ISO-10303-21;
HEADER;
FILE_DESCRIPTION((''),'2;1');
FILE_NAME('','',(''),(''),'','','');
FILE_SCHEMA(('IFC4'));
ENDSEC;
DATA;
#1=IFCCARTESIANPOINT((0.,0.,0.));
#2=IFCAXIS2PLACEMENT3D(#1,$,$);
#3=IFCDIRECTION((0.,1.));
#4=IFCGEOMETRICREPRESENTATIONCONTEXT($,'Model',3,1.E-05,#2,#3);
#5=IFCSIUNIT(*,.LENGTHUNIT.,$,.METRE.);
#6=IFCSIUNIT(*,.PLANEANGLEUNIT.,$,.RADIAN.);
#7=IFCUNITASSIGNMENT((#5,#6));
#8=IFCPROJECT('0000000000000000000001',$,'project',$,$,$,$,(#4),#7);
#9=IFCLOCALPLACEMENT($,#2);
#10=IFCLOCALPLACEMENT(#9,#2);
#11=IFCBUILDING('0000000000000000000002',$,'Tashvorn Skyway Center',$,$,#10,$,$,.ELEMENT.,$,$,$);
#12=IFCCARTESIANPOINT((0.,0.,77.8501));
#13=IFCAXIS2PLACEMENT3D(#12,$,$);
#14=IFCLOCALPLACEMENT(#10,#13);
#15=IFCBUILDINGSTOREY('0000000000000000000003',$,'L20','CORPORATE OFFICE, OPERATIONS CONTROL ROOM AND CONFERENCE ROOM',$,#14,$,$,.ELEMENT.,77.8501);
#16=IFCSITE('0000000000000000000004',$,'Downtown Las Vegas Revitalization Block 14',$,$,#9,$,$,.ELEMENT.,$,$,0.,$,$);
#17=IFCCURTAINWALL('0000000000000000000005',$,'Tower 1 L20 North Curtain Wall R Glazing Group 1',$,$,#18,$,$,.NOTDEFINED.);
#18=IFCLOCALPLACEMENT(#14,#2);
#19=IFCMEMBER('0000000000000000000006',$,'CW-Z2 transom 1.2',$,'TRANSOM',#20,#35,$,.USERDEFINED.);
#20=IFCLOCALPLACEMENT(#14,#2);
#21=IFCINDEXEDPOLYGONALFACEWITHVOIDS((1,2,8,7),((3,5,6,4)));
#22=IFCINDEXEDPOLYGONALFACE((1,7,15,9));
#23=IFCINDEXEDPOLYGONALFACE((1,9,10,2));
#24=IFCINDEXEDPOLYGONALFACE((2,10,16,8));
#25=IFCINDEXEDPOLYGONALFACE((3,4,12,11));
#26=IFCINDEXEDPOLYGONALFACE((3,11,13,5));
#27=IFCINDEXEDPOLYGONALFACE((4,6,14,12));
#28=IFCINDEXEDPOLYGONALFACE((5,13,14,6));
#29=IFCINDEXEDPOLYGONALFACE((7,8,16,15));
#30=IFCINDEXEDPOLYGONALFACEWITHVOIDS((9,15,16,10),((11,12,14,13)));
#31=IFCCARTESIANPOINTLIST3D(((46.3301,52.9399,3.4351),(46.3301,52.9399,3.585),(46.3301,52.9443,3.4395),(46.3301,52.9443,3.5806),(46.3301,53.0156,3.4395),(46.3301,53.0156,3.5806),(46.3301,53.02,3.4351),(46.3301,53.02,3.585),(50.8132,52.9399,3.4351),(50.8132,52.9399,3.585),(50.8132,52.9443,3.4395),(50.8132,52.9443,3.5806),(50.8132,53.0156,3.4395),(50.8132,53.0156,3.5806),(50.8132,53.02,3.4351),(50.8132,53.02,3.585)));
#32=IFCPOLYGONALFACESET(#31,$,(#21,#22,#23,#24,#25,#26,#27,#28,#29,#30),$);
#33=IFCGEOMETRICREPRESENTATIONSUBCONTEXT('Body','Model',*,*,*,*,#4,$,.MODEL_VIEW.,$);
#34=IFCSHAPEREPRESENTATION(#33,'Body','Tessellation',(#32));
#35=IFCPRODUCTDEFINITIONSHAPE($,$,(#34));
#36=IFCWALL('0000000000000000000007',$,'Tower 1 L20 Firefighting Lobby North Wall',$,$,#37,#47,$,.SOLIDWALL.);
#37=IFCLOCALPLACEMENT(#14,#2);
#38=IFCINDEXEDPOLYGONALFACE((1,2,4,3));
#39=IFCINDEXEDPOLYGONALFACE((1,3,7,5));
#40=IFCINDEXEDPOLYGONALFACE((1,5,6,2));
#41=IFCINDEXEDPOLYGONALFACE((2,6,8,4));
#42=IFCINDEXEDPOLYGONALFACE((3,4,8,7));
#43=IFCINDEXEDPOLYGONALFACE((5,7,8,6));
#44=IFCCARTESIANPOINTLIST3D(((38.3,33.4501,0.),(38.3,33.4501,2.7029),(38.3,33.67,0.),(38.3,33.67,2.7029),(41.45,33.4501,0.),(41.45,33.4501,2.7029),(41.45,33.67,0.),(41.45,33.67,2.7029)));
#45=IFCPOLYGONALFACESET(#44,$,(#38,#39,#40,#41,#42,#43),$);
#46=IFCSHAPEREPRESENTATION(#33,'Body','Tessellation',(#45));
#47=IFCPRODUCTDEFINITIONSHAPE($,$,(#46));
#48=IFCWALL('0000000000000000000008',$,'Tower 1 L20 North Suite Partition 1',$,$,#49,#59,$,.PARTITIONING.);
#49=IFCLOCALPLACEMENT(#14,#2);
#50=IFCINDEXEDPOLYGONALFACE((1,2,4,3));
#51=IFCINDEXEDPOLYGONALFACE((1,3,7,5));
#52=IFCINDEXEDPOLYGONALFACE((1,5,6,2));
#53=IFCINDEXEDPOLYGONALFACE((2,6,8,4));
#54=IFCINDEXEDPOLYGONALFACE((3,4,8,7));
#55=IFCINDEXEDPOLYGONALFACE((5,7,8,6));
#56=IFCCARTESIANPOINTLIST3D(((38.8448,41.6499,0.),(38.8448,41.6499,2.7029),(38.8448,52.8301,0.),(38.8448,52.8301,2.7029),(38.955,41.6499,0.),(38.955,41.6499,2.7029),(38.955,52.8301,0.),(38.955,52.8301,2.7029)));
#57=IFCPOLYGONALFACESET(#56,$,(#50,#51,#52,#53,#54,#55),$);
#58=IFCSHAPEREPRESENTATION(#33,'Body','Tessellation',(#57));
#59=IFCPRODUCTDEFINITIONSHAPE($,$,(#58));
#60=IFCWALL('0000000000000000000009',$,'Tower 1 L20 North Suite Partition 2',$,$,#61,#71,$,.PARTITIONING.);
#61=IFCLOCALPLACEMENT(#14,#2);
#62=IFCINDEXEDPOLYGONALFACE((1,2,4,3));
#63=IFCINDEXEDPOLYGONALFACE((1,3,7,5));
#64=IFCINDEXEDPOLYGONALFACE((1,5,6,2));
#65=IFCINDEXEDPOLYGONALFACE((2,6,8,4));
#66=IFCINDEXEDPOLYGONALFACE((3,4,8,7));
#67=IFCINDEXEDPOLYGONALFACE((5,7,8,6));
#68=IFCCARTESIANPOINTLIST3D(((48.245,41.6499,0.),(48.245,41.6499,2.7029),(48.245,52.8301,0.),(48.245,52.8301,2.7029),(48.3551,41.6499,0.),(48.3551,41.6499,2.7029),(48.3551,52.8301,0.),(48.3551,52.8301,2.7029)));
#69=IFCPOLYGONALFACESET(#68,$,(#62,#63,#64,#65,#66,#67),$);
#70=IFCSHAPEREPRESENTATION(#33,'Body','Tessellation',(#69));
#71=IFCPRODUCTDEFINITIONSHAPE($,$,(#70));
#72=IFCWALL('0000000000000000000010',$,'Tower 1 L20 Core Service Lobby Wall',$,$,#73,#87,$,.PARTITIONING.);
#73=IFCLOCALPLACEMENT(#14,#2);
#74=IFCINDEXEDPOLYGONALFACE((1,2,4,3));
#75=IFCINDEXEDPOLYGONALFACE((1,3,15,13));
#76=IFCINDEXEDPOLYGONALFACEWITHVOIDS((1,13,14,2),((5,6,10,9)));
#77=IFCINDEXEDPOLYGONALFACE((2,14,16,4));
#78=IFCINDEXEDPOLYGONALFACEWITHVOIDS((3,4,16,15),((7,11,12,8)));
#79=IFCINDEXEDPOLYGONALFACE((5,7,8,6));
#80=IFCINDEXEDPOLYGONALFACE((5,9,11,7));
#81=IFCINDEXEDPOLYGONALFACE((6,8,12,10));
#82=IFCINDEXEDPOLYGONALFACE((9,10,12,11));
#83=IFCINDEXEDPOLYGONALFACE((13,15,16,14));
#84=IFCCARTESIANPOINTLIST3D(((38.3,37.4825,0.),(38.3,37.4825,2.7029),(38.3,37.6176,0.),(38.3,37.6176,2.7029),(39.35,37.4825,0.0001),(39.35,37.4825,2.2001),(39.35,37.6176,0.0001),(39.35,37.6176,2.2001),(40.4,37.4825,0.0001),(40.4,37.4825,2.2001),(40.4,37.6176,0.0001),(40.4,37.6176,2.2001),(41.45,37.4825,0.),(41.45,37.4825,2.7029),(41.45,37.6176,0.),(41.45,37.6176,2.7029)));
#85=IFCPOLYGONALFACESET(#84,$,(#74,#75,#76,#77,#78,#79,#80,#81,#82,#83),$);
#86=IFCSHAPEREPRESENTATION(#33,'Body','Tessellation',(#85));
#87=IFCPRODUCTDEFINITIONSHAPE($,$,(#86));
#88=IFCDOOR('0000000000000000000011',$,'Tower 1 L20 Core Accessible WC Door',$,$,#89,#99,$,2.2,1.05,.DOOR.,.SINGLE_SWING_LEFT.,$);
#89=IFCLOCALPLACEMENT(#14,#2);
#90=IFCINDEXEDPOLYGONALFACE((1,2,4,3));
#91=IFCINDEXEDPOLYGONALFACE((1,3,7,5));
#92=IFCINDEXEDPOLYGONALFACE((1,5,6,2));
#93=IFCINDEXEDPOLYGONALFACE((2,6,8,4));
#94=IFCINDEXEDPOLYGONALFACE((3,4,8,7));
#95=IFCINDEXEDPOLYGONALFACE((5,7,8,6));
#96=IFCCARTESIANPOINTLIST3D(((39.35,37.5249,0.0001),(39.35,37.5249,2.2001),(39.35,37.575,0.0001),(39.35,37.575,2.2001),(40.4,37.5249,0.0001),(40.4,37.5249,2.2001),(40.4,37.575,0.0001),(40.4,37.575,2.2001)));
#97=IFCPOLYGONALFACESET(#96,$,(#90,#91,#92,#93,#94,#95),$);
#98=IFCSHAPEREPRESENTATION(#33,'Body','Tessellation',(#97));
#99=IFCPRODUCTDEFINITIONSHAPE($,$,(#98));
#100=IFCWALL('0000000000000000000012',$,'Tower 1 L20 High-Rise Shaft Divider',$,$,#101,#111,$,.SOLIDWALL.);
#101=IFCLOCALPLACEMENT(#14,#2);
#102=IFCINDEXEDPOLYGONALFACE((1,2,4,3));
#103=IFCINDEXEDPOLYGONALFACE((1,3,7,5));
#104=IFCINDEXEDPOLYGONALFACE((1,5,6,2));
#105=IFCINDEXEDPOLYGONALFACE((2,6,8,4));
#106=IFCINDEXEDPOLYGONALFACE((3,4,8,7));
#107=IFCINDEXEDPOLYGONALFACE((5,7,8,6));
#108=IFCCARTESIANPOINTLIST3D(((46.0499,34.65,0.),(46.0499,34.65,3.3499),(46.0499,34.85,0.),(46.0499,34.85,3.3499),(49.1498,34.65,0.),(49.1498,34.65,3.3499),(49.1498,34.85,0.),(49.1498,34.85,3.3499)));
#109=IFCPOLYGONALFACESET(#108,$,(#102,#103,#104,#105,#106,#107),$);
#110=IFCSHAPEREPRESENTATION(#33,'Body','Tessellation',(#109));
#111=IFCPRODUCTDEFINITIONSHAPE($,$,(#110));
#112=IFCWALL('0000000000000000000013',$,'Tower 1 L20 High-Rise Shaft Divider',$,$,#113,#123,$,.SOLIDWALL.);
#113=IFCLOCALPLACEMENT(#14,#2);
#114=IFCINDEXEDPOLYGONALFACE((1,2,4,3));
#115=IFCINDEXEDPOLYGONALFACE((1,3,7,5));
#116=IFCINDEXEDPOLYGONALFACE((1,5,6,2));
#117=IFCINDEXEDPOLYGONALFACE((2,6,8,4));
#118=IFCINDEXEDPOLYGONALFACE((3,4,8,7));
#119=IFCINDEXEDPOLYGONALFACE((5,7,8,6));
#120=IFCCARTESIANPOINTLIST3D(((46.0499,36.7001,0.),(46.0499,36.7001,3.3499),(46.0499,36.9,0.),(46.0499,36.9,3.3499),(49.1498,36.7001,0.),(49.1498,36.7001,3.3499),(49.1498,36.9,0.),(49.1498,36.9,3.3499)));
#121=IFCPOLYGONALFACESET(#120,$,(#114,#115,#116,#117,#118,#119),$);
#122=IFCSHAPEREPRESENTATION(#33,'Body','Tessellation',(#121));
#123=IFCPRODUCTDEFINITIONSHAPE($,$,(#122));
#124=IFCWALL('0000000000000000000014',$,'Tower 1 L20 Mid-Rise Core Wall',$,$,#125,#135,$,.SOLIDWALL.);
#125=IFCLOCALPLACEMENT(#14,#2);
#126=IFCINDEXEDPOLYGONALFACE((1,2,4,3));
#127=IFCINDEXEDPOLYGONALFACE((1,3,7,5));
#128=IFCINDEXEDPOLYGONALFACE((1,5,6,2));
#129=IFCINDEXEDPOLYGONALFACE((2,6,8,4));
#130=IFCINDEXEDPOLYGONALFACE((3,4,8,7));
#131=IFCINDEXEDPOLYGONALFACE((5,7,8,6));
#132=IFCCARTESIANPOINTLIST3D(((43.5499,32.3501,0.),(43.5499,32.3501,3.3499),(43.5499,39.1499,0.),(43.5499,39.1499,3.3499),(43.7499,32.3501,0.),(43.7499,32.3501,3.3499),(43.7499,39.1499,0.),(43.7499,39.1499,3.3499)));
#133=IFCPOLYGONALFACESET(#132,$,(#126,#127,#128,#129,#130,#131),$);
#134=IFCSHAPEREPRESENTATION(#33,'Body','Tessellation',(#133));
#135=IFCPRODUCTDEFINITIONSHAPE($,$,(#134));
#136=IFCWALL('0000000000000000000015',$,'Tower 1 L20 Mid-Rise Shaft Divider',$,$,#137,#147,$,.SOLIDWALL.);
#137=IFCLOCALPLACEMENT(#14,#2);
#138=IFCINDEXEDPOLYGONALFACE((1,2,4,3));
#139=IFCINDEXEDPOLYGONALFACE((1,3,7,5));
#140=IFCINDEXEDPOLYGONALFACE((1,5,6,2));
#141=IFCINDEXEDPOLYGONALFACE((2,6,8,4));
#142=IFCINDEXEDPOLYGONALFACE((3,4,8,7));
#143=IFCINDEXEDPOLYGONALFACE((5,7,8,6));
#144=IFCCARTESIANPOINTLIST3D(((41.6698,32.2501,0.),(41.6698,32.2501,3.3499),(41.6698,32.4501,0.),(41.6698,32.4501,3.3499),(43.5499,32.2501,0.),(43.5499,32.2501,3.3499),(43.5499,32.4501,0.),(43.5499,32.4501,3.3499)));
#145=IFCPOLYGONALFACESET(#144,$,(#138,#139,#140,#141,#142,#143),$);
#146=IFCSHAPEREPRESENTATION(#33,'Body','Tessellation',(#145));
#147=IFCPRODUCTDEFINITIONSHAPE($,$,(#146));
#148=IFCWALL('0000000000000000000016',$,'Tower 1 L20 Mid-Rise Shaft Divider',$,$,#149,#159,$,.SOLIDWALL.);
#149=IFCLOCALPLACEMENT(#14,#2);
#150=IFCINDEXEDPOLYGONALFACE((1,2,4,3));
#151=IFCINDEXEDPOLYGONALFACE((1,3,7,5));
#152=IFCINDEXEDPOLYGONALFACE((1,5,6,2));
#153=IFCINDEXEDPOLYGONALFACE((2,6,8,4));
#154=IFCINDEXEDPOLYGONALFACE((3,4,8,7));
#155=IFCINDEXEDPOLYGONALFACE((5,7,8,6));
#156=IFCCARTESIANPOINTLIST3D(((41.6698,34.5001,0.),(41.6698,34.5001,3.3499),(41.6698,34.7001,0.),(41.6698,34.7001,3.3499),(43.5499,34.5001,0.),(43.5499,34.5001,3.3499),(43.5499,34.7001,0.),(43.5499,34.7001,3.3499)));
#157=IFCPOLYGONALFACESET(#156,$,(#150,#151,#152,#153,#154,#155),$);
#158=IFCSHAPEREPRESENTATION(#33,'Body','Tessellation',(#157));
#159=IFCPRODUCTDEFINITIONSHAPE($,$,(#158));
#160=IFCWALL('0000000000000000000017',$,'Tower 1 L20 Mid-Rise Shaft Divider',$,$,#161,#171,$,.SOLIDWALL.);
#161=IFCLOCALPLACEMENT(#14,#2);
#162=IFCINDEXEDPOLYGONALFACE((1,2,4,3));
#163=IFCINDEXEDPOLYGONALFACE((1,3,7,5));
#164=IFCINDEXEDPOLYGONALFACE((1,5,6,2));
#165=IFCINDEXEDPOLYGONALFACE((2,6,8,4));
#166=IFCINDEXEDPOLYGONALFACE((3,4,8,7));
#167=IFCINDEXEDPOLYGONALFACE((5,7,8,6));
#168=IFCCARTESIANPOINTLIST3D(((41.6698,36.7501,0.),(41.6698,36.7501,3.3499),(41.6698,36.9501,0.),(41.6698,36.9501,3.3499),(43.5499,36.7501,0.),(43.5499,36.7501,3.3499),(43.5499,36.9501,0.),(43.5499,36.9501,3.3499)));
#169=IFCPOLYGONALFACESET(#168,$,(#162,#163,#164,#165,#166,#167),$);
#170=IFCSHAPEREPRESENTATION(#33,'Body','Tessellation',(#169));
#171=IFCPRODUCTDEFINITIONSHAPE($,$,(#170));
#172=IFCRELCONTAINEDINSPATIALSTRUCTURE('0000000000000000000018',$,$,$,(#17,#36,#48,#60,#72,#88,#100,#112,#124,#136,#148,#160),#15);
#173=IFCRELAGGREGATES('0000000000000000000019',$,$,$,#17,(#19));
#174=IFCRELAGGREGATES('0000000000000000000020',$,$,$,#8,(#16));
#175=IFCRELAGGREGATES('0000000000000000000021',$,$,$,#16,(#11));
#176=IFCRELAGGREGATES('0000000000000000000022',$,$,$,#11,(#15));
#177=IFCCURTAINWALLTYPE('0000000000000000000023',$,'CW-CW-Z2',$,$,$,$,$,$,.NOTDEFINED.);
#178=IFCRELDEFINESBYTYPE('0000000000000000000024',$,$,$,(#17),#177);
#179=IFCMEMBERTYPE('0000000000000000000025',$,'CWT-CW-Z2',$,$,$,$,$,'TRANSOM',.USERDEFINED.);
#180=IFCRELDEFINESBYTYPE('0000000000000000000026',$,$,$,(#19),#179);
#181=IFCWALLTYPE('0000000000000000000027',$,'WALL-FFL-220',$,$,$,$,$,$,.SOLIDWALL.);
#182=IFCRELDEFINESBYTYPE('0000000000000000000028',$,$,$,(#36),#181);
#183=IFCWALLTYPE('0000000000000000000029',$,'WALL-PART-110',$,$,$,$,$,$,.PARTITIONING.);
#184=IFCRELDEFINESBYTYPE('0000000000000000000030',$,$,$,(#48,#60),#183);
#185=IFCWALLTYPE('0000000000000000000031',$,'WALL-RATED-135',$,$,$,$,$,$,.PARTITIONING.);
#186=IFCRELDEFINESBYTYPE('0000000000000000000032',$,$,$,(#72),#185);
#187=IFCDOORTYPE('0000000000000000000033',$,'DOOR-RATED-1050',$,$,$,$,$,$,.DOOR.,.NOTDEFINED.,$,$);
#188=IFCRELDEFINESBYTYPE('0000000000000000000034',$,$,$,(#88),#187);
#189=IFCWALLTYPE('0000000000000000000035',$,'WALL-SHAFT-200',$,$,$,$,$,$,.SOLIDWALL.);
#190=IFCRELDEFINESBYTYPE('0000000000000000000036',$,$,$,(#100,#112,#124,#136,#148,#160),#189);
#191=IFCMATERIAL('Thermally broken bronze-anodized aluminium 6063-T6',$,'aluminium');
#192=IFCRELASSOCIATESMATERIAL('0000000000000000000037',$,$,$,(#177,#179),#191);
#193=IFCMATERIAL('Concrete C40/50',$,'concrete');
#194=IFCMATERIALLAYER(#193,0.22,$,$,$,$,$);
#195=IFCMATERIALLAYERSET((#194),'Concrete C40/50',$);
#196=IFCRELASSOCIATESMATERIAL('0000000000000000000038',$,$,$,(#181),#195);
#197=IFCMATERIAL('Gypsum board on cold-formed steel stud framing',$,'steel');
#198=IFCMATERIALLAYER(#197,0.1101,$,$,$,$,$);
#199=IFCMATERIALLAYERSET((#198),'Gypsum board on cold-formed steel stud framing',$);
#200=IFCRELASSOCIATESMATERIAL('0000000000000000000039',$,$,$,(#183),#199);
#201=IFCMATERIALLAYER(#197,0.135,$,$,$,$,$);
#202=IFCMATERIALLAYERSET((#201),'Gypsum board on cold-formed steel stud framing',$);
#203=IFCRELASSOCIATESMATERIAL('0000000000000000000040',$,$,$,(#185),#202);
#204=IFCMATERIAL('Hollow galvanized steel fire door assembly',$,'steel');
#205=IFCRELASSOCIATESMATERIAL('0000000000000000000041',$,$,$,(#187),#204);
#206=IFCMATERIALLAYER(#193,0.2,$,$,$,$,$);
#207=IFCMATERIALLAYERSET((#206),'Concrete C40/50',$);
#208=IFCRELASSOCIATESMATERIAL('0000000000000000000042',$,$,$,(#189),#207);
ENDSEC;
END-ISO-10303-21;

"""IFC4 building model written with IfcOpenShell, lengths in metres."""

from ifc_helpers import new_model, si_unit, direction, frame, frame_2d, origin, origin_2d, place, context, subcontext, project, spatial, rectangle, hollow_rectangle, extrude, material, layer, layer_set, material_profile, profile_set, type_object, element, fill, aggregate, save


model = new_model("IFC4")

# Units and contexts
model_context = context("Model", 3, precision=1e-05, world=origin(), true_north=direction((0.0, 1.0)))
body_context = subcontext(model_context, "Body", "Model", "MODEL_VIEW")
ifc_project = project(units=[si_unit("LENGTHUNIT", "METRE"), si_unit("PLANEANGLEUNIT", "RADIAN")], contexts=[model_context])

# Site, building, storey
site_placement = place(None, origin())
site = spatial("IfcSite", under=ifc_project, at=site_placement, Name="Downtown Las Vegas Revitalization Block 14", CompositionType="ELEMENT", RefElevation=0.0)
building_placement = place(site_placement, origin())
building = spatial("IfcBuilding", under=site, at=building_placement, Name="Tashvorn Skyway Center", CompositionType="ELEMENT")
storey_placement = place(building_placement, frame((0.0, 0.0, 77.8501)))
storey = spatial("IfcBuildingStorey", under=building, at=storey_placement, Name="L20", Description="CORPORATE OFFICE, OPERATIONS CONTROL ROOM AND CONFERENCE ROOM", CompositionType="ELEMENT", Elevation=77.8501)

# Curtain wall, member
ifc_material_1 = material(Name="Thermally broken bronze-anodized aluminium 6063-T6", Category="aluminium")
curtain_wall_type = type_object("IfcCurtainWallType", Name="CW-CW-Z2", PredefinedType="NOTDEFINED", material=ifc_material_1)
curtain_wall_placement = place(storey_placement, origin())
curtain_wall = element("IfcCurtainWall", 1, at=curtain_wall_placement, inside=storey, type_object=curtain_wall_type, Name="Tower 1 L20 North Curtain Wall R Glazing Group 1", PredefinedType="NOTDEFINED")
ifc_material_profile_1 = material_profile(ifc_material_1, hollow_rectangle(XDim=0.0801, YDim=0.1499, WallThickness=0.0044, at=origin_2d()), Name="ALU-TRAN-80x150")
ifc_profile_set_1 = profile_set([ifc_material_profile_1], Name="Thermally broken bronze-anodized aluminium 6063-T6")
member_type_1 = type_object("IfcMemberType", Name="CWT-CW-Z2", ElementType="TRANSOM", PredefinedType="USERDEFINED", material=ifc_profile_set_1)
member_1_placement = place(storey_placement, frame((46.3301, 52.98, 3.51), z_axis=(1.0, 0.0, 0.0), x_axis=(0.0, 1.0, 0.0)))
member_1 = element("IfcMember", 2, at=member_1_placement, type_object=member_type_1, Name="CW-Z2 transom 1.2", ObjectType="TRANSOM", PredefinedType="USERDEFINED", context=body_context, shape_type="SweptSolid", body=[
    extrude(hollow_rectangle(XDim=0.0801, YDim=0.1499, WallThickness=0.0044, at=origin_2d()), origin(), (0.0, 0.0, 1.0), 4.4832),
])
aggregate(curtain_wall, [member_1])

# Walls
ifc_material_2 = material(Name="Concrete C40/50", Category="concrete")
ifc_layer_1 = layer(ifc_material_2, 0.22)
ifc_layer_set_1 = layer_set([ifc_layer_1], Name="Concrete C40/50")
wall_type_1 = type_object("IfcWallType", Name="WALL-FFL-220", PredefinedType="SOLIDWALL", material=ifc_layer_set_1)
wall_1_placement = place(storey_placement, frame((38.3, 33.5601, 0.0), z_axis=(0.0, 0.0, 1.0), x_axis=(1.0, 0.0, 0.0)))
element("IfcWall", 3, at=wall_1_placement, inside=storey, type_object=wall_type_1, Name="Tower 1 L20 Firefighting Lobby North Wall", PredefinedType="SOLIDWALL", context=body_context, shape_type="SweptSolid", body=[
    extrude(rectangle(XDim=3.1499, YDim=0.22, at=frame_2d((1.575, 0.0))), origin(), (0.0, 0.0, 1.0), 2.7029),
])
ifc_material_3 = material(Name="Gypsum board on cold-formed steel stud framing", Category="steel")
ifc_layer_2 = layer(ifc_material_3, 0.1101)
ifc_layer_set_2 = layer_set([ifc_layer_2], Name="Gypsum board on cold-formed steel stud framing")
wall_type_2 = type_object("IfcWallType", Name="WALL-PART-110", PredefinedType="PARTITIONING", material=ifc_layer_set_2)
for number, where, z_axis, x_axis, name in (
    (4, (38.8999, 41.6499, 0.0), (0.0, 0.0, 1.0), (0.0, 1.0, 0.0), "Tower 1 L20 North Suite Partition 1"),
    (5, (48.3, 41.6499, 0.0), (0.0, 0.0, 1.0), (0.0, 1.0, 0.0), "Tower 1 L20 North Suite Partition 2"),
):
    element("IfcWall", number, at=place(storey_placement, frame(where, z_axis=z_axis, x_axis=x_axis)), inside=storey, type_object=wall_type_2, Name=name, PredefinedType="PARTITIONING", context=body_context, shape_type="SweptSolid", body=[
        extrude(rectangle(XDim=11.1802, YDim=0.1101, at=frame_2d((5.5901, 0.0))), origin(), (0.0, 0.0, 1.0), 2.7029),
    ])

# Wall, opening, door
ifc_layer_3 = layer(ifc_material_3, 0.135)
ifc_layer_set_3 = layer_set([ifc_layer_3], Name="Gypsum board on cold-formed steel stud framing")
wall_type_3 = type_object("IfcWallType", Name="WALL-RATED-135", PredefinedType="PARTITIONING", material=ifc_layer_set_3)
wall_2_placement = place(storey_placement, frame((38.3, 37.55, 0.0), z_axis=(0.0, 0.0, 1.0), x_axis=(1.0, 0.0, 0.0)))
wall_2 = element("IfcWall", 6, at=wall_2_placement, inside=storey, type_object=wall_type_3, Name="Tower 1 L20 Core Service Lobby Wall", PredefinedType="PARTITIONING", context=body_context, shape_type="SweptSolid", body=[
    extrude(rectangle(XDim=3.1499, YDim=0.135, at=frame_2d((1.575, 0.0))), origin(), (0.0, 0.0, 1.0), 2.7029),
])
opening_1_placement = place(wall_2_placement, frame((1.05, 0.0, 0.0)))
opening_1 = element("IfcOpeningElement", 7, at=opening_1_placement, cuts=wall_2, PredefinedType="OPENING", context=body_context, shape_type="SweptSolid", body=[
    extrude(rectangle(XDim=1.05, YDim=2.2, at=frame_2d((0.5249, 1.1001))), frame((0.0, 0.0774, 0.0), z_axis=(0.0, -1.0, 0.0), x_axis=(1.0, 0.0, 0.0)), (0.0, 0.0, 1.0), 0.155),
])
ifc_material_4 = material(Name="Hollow galvanized steel fire door assembly", Category="steel")
door_type_1 = type_object("IfcDoorType", Name="DOOR-RATED-1050", OperationType="NOTDEFINED", PredefinedType="DOOR", material=ifc_material_4)
door_1_placement = place(opening_1_placement, origin())
door_1 = element("IfcDoor", 8, at=door_1_placement, inside=storey, type_object=door_type_1, Name="Tower 1 L20 Core Accessible WC Door", OperationType="SINGLE_SWING_LEFT", OverallHeight=2.2, OverallWidth=1.05, PredefinedType="DOOR", context=body_context, shape_type="SweptSolid", body=[
    extrude(rectangle(XDim=1.05, YDim=2.2, at=frame_2d((0.5249, 1.1001))), frame((0.0, 0.0249, 0.0), z_axis=(0.0, -1.0, 0.0), x_axis=(1.0, 0.0, 0.0)), (0.0, 0.0, 1.0), 0.05),
])
fill(opening_1, door_1)

# Walls
ifc_layer_4 = layer(ifc_material_2, 0.2)
ifc_layer_set_4 = layer_set([ifc_layer_4], Name="Concrete C40/50")
wall_type_4 = type_object("IfcWallType", Name="WALL-SHAFT-200", PredefinedType="SOLIDWALL", material=ifc_layer_set_4)
for number, where, z_axis, x_axis, name in (
    (9, (46.05, 34.75, 0.0), (0.0, 0.0, 1.0), (1.0, 0.0, 0.0), "Tower 1 L20 High-Rise Shaft Divider"),
    (10, (46.05, 36.8, 0.0), (0.0, 0.0, 1.0), (1.0, 0.0, 0.0), "Tower 1 L20 High-Rise Shaft Divider"),
):
    element("IfcWall", number, at=place(storey_placement, frame(where, z_axis=z_axis, x_axis=x_axis)), inside=storey, type_object=wall_type_4, Name=name, PredefinedType="SOLIDWALL", context=body_context, shape_type="SweptSolid", body=[
        extrude(rectangle(XDim=3.0999, YDim=0.2, at=frame_2d((1.5498, 0.0))), origin(), (0.0, 0.0, 1.0), 3.3499),
    ])
wall_3_placement = place(storey_placement, frame((43.6499, 32.3501, 0.0), z_axis=(0.0, 0.0, 1.0), x_axis=(0.0, 1.0, 0.0)))
element("IfcWall", 11, at=wall_3_placement, inside=storey, type_object=wall_type_4, Name="Tower 1 L20 Mid-Rise Core Wall", PredefinedType="SOLIDWALL", context=body_context, shape_type="SweptSolid", body=[
    extrude(rectangle(XDim=6.7998, YDim=0.2, at=frame_2d((3.3999, 0.0))), origin(), (0.0, 0.0, 1.0), 3.3499),
])
for number, where, z_axis, x_axis, name in (
    (12, (41.6699, 32.3501, 0.0), (0.0, 0.0, 1.0), (1.0, 0.0, 0.0), "Tower 1 L20 Mid-Rise Shaft Divider"),
    (13, (41.6699, 34.6001, 0.0), (0.0, 0.0, 1.0), (1.0, 0.0, 0.0), "Tower 1 L20 Mid-Rise Shaft Divider"),
    (14, (41.6699, 36.8501, 0.0), (0.0, 0.0, 1.0), (1.0, 0.0, 0.0), "Tower 1 L20 Mid-Rise Shaft Divider"),
):
    element("IfcWall", number, at=place(storey_placement, frame(where, z_axis=z_axis, x_axis=x_axis)), inside=storey, type_object=wall_type_4, Name=name, PredefinedType="SOLIDWALL", context=body_context, shape_type="SweptSolid", body=[
        extrude(rectangle(XDim=1.8801, YDim=0.2, at=frame_2d((0.9399, 0.0))), origin(), (0.0, 0.0, 1.0), 3.3499),
    ])

save(model, "model.ifc")
